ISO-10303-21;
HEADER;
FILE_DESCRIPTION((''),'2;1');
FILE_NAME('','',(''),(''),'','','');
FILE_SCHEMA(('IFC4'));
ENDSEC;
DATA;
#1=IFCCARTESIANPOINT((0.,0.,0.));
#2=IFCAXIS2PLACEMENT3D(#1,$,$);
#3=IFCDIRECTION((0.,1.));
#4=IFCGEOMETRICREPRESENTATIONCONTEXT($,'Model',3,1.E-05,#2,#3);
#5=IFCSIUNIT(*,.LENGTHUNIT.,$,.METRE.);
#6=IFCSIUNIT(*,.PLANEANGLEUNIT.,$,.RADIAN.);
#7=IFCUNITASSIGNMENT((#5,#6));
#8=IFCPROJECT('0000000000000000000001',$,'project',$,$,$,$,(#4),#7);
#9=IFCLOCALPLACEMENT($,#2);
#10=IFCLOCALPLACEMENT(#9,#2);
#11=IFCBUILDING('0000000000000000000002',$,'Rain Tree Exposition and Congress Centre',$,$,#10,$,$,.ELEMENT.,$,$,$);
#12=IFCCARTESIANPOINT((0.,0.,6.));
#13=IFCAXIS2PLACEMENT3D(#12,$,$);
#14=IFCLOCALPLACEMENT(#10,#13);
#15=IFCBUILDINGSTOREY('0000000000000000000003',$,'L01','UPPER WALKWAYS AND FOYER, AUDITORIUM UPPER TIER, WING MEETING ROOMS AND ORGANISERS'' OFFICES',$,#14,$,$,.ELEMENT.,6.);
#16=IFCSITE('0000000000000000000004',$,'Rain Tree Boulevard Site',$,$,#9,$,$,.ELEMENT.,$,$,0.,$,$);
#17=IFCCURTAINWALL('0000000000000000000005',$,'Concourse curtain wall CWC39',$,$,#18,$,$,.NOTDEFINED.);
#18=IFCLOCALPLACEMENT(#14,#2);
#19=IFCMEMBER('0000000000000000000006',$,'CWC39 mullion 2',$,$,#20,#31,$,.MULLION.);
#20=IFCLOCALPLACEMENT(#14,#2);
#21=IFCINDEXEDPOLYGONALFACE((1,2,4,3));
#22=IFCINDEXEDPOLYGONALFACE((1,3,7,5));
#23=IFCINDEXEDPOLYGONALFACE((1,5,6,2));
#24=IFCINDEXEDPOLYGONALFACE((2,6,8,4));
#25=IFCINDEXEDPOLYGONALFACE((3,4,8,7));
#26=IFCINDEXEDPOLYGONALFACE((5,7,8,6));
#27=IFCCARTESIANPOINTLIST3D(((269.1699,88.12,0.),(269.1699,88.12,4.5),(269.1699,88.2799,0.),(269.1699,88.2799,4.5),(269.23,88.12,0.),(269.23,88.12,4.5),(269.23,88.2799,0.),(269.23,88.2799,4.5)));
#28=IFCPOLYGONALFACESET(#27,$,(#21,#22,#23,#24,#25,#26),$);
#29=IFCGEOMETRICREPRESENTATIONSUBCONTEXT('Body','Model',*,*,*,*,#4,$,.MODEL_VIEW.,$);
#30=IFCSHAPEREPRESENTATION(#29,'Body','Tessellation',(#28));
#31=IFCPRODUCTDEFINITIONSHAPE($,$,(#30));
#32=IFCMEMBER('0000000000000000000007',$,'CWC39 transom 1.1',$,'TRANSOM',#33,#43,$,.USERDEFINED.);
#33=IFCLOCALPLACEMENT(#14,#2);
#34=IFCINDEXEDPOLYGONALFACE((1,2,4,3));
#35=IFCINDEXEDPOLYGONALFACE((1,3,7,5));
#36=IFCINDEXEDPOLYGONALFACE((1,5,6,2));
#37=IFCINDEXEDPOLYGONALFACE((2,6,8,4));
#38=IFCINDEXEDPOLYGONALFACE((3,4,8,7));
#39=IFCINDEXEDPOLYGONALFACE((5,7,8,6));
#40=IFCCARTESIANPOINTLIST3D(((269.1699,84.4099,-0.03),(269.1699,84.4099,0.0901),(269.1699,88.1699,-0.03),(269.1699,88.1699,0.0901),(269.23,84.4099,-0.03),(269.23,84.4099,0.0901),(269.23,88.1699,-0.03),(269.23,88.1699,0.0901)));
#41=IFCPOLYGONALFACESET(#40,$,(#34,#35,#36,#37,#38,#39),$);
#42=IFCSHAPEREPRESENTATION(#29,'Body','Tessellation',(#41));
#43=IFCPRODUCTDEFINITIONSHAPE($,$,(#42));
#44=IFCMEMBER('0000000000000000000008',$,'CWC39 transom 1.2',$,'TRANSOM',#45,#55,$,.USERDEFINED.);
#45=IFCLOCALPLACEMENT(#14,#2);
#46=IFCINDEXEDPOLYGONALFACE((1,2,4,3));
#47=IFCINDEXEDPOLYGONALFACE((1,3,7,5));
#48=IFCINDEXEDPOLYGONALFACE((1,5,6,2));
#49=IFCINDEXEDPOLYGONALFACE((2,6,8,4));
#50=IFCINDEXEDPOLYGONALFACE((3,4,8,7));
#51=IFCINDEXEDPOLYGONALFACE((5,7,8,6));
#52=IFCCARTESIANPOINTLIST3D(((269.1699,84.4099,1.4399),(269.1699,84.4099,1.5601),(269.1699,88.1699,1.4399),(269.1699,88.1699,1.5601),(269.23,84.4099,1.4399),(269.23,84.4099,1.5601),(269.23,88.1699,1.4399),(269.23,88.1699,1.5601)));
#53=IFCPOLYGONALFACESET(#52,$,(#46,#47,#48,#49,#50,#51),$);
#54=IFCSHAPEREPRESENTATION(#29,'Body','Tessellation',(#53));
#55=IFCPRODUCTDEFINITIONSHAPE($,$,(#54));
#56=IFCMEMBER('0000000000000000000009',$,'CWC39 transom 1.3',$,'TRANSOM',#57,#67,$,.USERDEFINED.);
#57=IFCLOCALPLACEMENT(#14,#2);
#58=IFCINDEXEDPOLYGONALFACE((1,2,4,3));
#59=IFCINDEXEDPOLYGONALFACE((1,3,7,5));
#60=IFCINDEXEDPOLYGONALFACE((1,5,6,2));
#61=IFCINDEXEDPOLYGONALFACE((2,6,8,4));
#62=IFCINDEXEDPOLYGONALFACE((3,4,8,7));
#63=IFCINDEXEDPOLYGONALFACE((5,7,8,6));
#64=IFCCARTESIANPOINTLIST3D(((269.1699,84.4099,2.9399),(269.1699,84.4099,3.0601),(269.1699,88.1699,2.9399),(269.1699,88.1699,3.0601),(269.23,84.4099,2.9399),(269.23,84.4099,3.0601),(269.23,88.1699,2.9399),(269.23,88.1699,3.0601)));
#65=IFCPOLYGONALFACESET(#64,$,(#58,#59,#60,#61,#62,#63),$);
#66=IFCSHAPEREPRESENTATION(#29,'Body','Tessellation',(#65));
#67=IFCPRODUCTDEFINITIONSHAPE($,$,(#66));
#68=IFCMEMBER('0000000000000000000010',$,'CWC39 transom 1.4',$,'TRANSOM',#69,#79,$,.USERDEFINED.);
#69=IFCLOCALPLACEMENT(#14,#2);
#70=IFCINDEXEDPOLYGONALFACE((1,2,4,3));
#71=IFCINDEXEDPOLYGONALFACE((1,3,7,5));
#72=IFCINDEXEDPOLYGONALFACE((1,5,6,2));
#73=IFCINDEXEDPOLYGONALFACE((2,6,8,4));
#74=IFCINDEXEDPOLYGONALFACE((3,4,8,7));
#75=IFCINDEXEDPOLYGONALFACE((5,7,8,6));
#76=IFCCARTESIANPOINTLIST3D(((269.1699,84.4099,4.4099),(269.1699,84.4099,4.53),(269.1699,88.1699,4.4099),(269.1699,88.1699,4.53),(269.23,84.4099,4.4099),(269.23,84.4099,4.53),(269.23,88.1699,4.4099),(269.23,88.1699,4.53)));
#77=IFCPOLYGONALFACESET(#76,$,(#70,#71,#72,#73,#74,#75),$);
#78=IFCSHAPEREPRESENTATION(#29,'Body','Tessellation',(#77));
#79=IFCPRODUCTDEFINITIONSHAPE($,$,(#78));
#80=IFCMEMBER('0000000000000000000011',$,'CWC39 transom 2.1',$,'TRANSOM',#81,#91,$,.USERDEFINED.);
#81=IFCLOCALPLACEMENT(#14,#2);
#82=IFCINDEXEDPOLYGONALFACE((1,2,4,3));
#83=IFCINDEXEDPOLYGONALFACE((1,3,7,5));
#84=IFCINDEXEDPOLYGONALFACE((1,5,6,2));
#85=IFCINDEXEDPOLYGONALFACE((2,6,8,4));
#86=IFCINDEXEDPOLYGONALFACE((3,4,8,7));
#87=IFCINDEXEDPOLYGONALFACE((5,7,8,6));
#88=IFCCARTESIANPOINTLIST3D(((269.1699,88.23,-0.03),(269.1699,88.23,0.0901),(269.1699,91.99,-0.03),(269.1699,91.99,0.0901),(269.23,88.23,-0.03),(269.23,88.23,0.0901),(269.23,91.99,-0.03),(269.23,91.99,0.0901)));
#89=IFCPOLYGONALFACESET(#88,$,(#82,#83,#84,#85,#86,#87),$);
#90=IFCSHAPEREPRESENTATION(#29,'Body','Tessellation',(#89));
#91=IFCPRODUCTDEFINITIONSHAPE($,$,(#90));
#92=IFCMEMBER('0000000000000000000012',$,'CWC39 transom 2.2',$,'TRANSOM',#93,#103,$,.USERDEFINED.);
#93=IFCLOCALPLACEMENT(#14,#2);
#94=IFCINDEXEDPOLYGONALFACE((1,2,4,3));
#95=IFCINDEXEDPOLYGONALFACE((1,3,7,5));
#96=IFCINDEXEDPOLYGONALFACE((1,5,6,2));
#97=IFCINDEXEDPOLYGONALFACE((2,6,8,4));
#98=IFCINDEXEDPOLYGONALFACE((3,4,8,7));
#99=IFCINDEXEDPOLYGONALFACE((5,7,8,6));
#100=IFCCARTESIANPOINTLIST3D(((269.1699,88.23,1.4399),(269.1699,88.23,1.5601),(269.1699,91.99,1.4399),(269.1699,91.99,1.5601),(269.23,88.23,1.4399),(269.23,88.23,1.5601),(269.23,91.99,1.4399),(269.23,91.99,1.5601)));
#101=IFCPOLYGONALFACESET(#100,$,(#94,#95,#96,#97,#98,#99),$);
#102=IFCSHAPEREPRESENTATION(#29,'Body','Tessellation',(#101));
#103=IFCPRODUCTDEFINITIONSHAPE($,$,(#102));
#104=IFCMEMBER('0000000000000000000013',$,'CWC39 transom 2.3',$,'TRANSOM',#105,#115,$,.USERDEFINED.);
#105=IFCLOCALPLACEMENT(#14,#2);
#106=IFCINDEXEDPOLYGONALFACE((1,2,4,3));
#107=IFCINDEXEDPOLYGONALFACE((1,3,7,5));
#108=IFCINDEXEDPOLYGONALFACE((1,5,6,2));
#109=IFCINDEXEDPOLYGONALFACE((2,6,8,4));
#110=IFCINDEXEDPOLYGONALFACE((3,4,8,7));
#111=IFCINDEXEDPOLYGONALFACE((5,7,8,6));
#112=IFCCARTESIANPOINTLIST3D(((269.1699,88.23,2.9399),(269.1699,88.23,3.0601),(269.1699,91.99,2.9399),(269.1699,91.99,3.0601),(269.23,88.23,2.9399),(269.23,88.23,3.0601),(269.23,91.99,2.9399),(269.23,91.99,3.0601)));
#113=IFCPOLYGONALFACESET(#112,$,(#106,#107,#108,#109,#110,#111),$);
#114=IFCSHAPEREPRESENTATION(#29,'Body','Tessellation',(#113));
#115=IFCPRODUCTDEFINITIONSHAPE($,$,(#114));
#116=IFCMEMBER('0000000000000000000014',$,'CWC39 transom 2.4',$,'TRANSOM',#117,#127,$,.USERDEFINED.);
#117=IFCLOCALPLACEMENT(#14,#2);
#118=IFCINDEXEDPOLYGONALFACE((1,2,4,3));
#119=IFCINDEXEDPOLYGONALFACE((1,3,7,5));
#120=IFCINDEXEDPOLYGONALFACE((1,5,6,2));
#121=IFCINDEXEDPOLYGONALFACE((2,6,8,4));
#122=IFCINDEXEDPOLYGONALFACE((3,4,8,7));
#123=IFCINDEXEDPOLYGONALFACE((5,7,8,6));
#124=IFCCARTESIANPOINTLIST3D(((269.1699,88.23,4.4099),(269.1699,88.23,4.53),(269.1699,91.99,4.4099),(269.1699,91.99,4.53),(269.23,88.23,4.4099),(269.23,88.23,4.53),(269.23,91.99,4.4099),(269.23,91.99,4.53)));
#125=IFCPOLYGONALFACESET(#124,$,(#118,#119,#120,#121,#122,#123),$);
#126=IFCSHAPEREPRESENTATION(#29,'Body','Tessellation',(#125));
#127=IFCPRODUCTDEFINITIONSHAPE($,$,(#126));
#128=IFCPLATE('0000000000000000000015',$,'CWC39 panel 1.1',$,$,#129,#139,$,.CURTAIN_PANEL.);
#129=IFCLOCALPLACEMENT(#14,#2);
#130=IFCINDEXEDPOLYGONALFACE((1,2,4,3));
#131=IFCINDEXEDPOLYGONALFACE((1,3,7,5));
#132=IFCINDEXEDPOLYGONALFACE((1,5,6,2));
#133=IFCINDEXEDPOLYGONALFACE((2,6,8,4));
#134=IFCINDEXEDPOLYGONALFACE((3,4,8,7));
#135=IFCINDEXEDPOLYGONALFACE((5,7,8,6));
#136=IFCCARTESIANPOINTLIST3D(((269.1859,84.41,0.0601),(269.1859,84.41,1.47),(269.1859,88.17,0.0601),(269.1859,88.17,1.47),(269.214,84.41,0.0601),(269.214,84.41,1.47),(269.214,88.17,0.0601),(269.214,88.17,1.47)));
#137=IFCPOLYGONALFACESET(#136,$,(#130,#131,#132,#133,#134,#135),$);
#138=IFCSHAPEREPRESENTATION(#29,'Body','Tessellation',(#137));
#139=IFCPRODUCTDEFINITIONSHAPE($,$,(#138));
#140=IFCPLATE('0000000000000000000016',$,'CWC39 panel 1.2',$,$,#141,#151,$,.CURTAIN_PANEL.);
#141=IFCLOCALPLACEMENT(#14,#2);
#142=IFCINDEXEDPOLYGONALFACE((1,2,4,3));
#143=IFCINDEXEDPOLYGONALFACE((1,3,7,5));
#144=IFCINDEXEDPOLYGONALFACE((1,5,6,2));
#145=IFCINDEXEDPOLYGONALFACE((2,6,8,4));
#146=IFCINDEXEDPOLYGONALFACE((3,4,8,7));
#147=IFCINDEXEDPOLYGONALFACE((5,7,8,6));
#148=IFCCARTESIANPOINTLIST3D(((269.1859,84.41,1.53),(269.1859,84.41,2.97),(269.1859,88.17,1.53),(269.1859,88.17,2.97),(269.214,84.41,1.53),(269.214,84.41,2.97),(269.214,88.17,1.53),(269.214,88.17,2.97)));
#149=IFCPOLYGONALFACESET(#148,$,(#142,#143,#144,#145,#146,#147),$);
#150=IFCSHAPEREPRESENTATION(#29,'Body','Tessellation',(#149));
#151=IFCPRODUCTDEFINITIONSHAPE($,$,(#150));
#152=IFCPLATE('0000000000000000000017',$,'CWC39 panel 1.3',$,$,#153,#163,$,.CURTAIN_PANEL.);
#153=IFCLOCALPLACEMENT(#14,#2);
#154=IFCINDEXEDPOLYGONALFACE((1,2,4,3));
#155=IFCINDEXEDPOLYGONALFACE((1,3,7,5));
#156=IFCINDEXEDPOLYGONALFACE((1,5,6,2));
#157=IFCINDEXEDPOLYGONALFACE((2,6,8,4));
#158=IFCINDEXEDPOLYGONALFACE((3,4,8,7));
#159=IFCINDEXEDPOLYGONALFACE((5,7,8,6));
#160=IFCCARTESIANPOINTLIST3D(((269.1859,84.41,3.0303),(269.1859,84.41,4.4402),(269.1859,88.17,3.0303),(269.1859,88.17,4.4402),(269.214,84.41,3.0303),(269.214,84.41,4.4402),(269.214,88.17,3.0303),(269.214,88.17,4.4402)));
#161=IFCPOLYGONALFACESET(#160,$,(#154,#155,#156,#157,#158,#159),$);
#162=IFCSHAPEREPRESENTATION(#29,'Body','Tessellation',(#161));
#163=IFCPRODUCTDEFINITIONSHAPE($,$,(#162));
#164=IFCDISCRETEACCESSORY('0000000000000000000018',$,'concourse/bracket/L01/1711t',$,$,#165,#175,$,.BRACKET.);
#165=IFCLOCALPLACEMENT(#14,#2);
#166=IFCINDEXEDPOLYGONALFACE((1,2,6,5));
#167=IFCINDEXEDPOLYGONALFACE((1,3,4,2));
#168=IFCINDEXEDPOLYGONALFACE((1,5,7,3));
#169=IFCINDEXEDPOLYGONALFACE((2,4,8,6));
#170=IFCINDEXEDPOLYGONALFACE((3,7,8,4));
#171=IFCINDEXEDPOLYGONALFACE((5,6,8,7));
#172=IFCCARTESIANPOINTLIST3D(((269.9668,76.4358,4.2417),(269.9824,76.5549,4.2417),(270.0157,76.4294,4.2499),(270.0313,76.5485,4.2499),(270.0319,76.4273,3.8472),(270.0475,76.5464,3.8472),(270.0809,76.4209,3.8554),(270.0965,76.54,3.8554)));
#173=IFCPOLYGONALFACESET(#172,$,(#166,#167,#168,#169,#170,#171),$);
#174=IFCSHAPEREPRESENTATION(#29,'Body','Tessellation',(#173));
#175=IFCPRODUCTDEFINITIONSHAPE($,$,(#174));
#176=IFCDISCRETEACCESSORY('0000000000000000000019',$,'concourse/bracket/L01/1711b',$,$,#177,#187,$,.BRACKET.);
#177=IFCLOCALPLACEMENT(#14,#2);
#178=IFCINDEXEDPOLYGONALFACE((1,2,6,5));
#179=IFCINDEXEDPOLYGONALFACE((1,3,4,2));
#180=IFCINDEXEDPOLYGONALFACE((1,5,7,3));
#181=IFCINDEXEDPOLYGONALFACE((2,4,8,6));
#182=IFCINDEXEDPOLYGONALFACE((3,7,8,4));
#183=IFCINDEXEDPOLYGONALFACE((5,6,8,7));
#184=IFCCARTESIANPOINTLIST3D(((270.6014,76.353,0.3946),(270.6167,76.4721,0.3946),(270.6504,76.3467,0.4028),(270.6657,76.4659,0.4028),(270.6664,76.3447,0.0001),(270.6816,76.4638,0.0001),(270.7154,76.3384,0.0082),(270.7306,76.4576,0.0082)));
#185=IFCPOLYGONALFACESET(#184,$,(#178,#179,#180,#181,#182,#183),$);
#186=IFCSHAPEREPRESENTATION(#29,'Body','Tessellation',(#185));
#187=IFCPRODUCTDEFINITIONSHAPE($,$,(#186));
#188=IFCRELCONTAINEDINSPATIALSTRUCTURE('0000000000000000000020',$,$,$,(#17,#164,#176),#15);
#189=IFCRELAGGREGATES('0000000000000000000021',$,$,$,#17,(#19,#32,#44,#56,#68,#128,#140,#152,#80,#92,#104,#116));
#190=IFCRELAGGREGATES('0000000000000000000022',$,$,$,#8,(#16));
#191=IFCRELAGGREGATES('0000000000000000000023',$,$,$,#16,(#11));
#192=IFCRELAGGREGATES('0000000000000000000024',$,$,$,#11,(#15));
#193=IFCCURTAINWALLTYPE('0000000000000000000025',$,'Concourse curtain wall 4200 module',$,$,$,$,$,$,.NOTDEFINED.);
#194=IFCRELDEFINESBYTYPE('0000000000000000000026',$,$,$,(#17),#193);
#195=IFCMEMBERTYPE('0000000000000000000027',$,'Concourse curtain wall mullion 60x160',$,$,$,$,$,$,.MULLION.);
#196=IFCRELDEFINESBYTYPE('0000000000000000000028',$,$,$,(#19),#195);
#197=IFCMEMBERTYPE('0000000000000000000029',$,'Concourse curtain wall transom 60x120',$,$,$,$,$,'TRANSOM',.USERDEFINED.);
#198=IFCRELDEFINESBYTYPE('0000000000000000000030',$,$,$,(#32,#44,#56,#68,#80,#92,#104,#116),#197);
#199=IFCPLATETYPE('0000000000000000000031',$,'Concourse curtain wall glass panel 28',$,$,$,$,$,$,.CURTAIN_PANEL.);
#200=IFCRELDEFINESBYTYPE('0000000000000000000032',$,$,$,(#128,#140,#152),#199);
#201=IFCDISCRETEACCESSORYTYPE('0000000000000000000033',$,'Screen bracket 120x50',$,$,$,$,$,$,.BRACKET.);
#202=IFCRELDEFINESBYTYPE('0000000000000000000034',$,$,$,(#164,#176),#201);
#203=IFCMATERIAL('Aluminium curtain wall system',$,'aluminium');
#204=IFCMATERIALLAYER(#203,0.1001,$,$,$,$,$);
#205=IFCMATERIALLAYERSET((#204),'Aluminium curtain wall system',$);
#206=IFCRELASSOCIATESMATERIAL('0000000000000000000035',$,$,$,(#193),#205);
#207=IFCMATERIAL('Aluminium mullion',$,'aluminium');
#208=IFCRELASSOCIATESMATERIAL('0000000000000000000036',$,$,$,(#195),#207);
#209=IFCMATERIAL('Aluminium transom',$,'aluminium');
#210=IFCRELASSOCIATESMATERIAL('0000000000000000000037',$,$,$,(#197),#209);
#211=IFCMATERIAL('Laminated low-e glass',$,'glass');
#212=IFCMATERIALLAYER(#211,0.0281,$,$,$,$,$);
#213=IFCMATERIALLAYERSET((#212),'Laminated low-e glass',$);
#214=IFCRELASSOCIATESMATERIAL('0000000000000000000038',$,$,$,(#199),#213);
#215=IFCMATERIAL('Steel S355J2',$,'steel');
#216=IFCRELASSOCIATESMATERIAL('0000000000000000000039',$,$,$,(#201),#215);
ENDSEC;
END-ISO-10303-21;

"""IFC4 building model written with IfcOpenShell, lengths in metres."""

from ifc_helpers import new_model, si_unit, direction, frame, origin, origin_2d, place, context, subcontext, project, spatial, rectangle, extrude, material, layer, layer_set, material_profile, profile_set, type_object, element, aggregate, save


model = new_model("IFC4")

# Units and contexts
model_context = context("Model", 3, precision=1e-05, world=origin(), true_north=direction((0.0, 1.0)))
body_context = subcontext(model_context, "Body", "Model", "MODEL_VIEW")
ifc_project = project(units=[si_unit("LENGTHUNIT", "METRE"), si_unit("PLANEANGLEUNIT", "RADIAN")], contexts=[model_context])

# Site, building, storey
site_placement = place(None, origin())
site = spatial("IfcSite", under=ifc_project, at=site_placement, Name="Rain Tree Boulevard Site", CompositionType="ELEMENT", RefElevation=0.0)
building_placement = place(site_placement, origin())
building = spatial("IfcBuilding", under=site, at=building_placement, Name="Rain Tree Exposition and Congress Centre", CompositionType="ELEMENT")
storey_placement = place(building_placement, frame((0.0, 0.0, 6.0)))
storey = spatial("IfcBuildingStorey", under=building, at=storey_placement, Name="L01", Description="UPPER WALKWAYS AND FOYER, AUDITORIUM UPPER TIER, WING MEETING ROOMS AND ORGANISERS' OFFICES", CompositionType="ELEMENT", Elevation=6.0)

# Curtain wall, members, plates
ifc_material_1 = material(Name="Aluminium curtain wall system", Category="aluminium")
ifc_layer_1 = layer(ifc_material_1, 0.1001)
ifc_layer_set_1 = layer_set([ifc_layer_1], Name="Aluminium curtain wall system")
curtain_wall_type = type_object("IfcCurtainWallType", Name="Concourse curtain wall 4200 module", PredefinedType="NOTDEFINED", material=ifc_layer_set_1)
curtain_wall_placement = place(storey_placement, origin())
curtain_wall = element("IfcCurtainWall", 1, at=curtain_wall_placement, inside=storey, type_object=curtain_wall_type, Name="Concourse curtain wall CWC39", PredefinedType="NOTDEFINED")
ifc_material_2 = material(Name="Aluminium mullion", Category="aluminium")
ifc_material_profile_1 = material_profile(ifc_material_2, rectangle(XDim=0.0601, YDim=0.1599, at=origin_2d()), Name="AL 60x160")
ifc_profile_set_1 = profile_set([ifc_material_profile_1], Name="Aluminium mullion")
member_type_1 = type_object("IfcMemberType", Name="Concourse curtain wall mullion 60x160", PredefinedType="MULLION", material=ifc_profile_set_1)
member_1_placement = place(storey_placement, frame((269.2, 88.2, 0.0), z_axis=(0.0, 0.0, 1.0), x_axis=(-1.0, 0.0, 0.0)))
member_1 = element("IfcMember", 2, at=member_1_placement, type_object=member_type_1, Name="CWC39 mullion 2", PredefinedType="MULLION", context=body_context, shape_type="SweptSolid", body=[
    extrude(rectangle(XDim=0.0601, YDim=0.1599, at=origin_2d()), origin(), (0.0, 0.0, 1.0), 4.5),
])
ifc_material_3 = material(Name="Aluminium transom", Category="aluminium")
ifc_material_profile_2 = material_profile(ifc_material_3, rectangle(XDim=0.0601, YDim=0.1201, at=origin_2d()), Name="AL 60x120")
ifc_profile_set_2 = profile_set([ifc_material_profile_2], Name="Aluminium transom")
member_type_2 = type_object("IfcMemberType", Name="Concourse curtain wall transom 60x120", ElementType="TRANSOM", PredefinedType="USERDEFINED", material=ifc_profile_set_2)
member_2_placement = place(storey_placement, frame((269.2, 84.4099, 0.03), z_axis=(0.0, 1.0, 0.0), x_axis=(-1.0, 0.0, 0.0)))
member_2 = element("IfcMember", 3, at=member_2_placement, type_object=member_type_2, Name="CWC39 transom 1.1", ObjectType="TRANSOM", PredefinedType="USERDEFINED", context=body_context, shape_type="SweptSolid", body=[
    extrude(rectangle(XDim=0.0601, YDim=0.1201, at=origin_2d()), origin(), (0.0, 0.0, 1.0), 3.76),
])
member_3_placement = place(storey_placement, frame((269.2, 84.4099, 1.5), z_axis=(0.0, 1.0, 0.0), x_axis=(-1.0, 0.0, 0.0)))
member_3 = element("IfcMember", 4, at=member_3_placement, type_object=member_type_2, Name="CWC39 transom 1.2", ObjectType="TRANSOM", PredefinedType="USERDEFINED", context=body_context, shape_type="SweptSolid", body=[
    extrude(rectangle(XDim=0.0601, YDim=0.1201, at=origin_2d()), origin(), (0.0, 0.0, 1.0), 3.76),
])
member_4_placement = place(storey_placement, frame((269.2, 84.4099, 3.0), z_axis=(0.0, 1.0, 0.0), x_axis=(-1.0, 0.0, 0.0)))
member_4 = element("IfcMember", 5, at=member_4_placement, type_object=member_type_2, Name="CWC39 transom 1.3", ObjectType="TRANSOM", PredefinedType="USERDEFINED", context=body_context, shape_type="SweptSolid", body=[
    extrude(rectangle(XDim=0.0601, YDim=0.1201, at=origin_2d()), origin(), (0.0, 0.0, 1.0), 3.76),
])
member_5_placement = place(storey_placement, frame((269.2, 84.4099, 4.47), z_axis=(0.0, 1.0, 0.0), x_axis=(-1.0, 0.0, 0.0)))
member_5 = element("IfcMember", 6, at=member_5_placement, type_object=member_type_2, Name="CWC39 transom 1.4", ObjectType="TRANSOM", PredefinedType="USERDEFINED", context=body_context, shape_type="SweptSolid", body=[
    extrude(rectangle(XDim=0.0601, YDim=0.1201, at=origin_2d()), origin(), (0.0, 0.0, 1.0), 3.76),
])
member_6_placement = place(storey_placement, frame((269.2, 88.23, 0.03), z_axis=(0.0, 1.0, 0.0), x_axis=(-1.0, 0.0, 0.0)))
member_6 = element("IfcMember", 7, at=member_6_placement, type_object=member_type_2, Name="CWC39 transom 2.1", ObjectType="TRANSOM", PredefinedType="USERDEFINED", context=body_context, shape_type="SweptSolid", body=[
    extrude(rectangle(XDim=0.0601, YDim=0.1201, at=origin_2d()), origin(), (0.0, 0.0, 1.0), 3.76),
])
member_7_placement = place(storey_placement, frame((269.2, 88.23, 1.5), z_axis=(0.0, 1.0, 0.0), x_axis=(-1.0, 0.0, 0.0)))
member_7 = element("IfcMember", 8, at=member_7_placement, type_object=member_type_2, Name="CWC39 transom 2.2", ObjectType="TRANSOM", PredefinedType="USERDEFINED", context=body_context, shape_type="SweptSolid", body=[
    extrude(rectangle(XDim=0.0601, YDim=0.1201, at=origin_2d()), origin(), (0.0, 0.0, 1.0), 3.76),
])
member_8_placement = place(storey_placement, frame((269.2, 88.23, 3.0), z_axis=(0.0, 1.0, 0.0), x_axis=(-1.0, 0.0, 0.0)))
member_8 = element("IfcMember", 9, at=member_8_placement, type_object=member_type_2, Name="CWC39 transom 2.3", ObjectType="TRANSOM", PredefinedType="USERDEFINED", context=body_context, shape_type="SweptSolid", body=[
    extrude(rectangle(XDim=0.0601, YDim=0.1201, at=origin_2d()), origin(), (0.0, 0.0, 1.0), 3.76),
])
member_9_placement = place(storey_placement, frame((269.2, 88.23, 4.47), z_axis=(0.0, 1.0, 0.0), x_axis=(-1.0, 0.0, 0.0)))
member_9 = element("IfcMember", 10, at=member_9_placement, type_object=member_type_2, Name="CWC39 transom 2.4", ObjectType="TRANSOM", PredefinedType="USERDEFINED", context=body_context, shape_type="SweptSolid", body=[
    extrude(rectangle(XDim=0.0601, YDim=0.1201, at=origin_2d()), origin(), (0.0, 0.0, 1.0), 3.76),
])
ifc_material_4 = material(Name="Laminated low-e glass", Category="glass")
ifc_layer_2 = layer(ifc_material_4, 0.0281)
ifc_layer_set_2 = layer_set([ifc_layer_2], Name="Laminated low-e glass")
plate_type = type_object("IfcPlateType", Name="Concourse curtain wall glass panel 28", PredefinedType="CURTAIN_PANEL", material=ifc_layer_set_2)
plate_1_placement = place(storey_placement, frame((269.2, 86.29, 0.0601), z_axis=(0.0, 0.0, 1.0), x_axis=(0.0, 1.0, 0.0)))
plate_1 = element("IfcPlate", 11, at=plate_1_placement, type_object=plate_type, Name="CWC39 panel 1.1", PredefinedType="CURTAIN_PANEL", context=body_context, shape_type="SweptSolid", body=[
    extrude(rectangle(XDim=3.76, YDim=0.0281, at=origin_2d()), origin(), (0.0, 0.0, 1.0), 1.4099),
])
plate_2_placement = place(storey_placement, frame((269.2, 86.29, 1.53), z_axis=(0.0, 0.0, 1.0), x_axis=(0.0, 1.0, 0.0)))
plate_2 = element("IfcPlate", 12, at=plate_2_placement, type_object=plate_type, Name="CWC39 panel 1.2", PredefinedType="CURTAIN_PANEL", context=body_context, shape_type="SweptSolid", body=[
    extrude(rectangle(XDim=3.76, YDim=0.0281, at=origin_2d()), origin(), (0.0, 0.0, 1.0), 1.4399),
])
plate_3_placement = place(storey_placement, frame((269.2, 86.29, 3.0303), z_axis=(0.0, 0.0, 1.0), x_axis=(0.0, 1.0, 0.0)))
plate_3 = element("IfcPlate", 13, at=plate_3_placement, type_object=plate_type, Name="CWC39 panel 1.3", PredefinedType="CURTAIN_PANEL", context=body_context, shape_type="SweptSolid", body=[
    extrude(rectangle(XDim=3.76, YDim=0.0281, at=origin_2d()), origin(), (0.0, 0.0, 1.0), 1.4099),
])
aggregate(curtain_wall, [member_1, member_2, member_3, member_4, member_5, plate_1, plate_2, plate_3, member_6, member_7, member_8, member_9])

# Discrete accessories
ifc_material_5 = material(Name="Steel S355J2", Category="steel")
ifc_material_profile_3 = material_profile(ifc_material_5, rectangle(XDim=0.1201, YDim=0.05, at=origin_2d()), Name="Flat bar 120x50")
ifc_profile_set_3 = profile_set([ifc_material_profile_3], Name="Steel S355J2")
discrete_accessory_type = type_object("IfcDiscreteAccessoryType", Name="Screen bracket 120x50", PredefinedType="BRACKET", material=ifc_profile_set_3)
for number, where, z_axis, x_axis, name in (
    (14, (270.0642, 76.4836, 3.8513), (-0.162976, 0.021364, 0.986399), (-0.129974, -0.991517, 0.0), "concourse/bracket/L01/1711t"),
    (15, (270.6985, 76.4011, 0.0042), (-0.162383, 0.020756, 0.986509), (-0.126788, -0.99193, 0.0), "concourse/bracket/L01/1711b"),
):
    element("IfcDiscreteAccessory", number, at=place(storey_placement, frame(where, z_axis=z_axis, x_axis=x_axis)), inside=storey, type_object=discrete_accessory_type, Name=name, PredefinedType="BRACKET", context=body_context, shape_type="SweptSolid", body=[
        extrude(rectangle(XDim=0.1201, YDim=0.05, at=origin_2d()), origin(), (0.0, 0.0, 1.0), 0.3999),
    ])

save(model, "model.ifc")
